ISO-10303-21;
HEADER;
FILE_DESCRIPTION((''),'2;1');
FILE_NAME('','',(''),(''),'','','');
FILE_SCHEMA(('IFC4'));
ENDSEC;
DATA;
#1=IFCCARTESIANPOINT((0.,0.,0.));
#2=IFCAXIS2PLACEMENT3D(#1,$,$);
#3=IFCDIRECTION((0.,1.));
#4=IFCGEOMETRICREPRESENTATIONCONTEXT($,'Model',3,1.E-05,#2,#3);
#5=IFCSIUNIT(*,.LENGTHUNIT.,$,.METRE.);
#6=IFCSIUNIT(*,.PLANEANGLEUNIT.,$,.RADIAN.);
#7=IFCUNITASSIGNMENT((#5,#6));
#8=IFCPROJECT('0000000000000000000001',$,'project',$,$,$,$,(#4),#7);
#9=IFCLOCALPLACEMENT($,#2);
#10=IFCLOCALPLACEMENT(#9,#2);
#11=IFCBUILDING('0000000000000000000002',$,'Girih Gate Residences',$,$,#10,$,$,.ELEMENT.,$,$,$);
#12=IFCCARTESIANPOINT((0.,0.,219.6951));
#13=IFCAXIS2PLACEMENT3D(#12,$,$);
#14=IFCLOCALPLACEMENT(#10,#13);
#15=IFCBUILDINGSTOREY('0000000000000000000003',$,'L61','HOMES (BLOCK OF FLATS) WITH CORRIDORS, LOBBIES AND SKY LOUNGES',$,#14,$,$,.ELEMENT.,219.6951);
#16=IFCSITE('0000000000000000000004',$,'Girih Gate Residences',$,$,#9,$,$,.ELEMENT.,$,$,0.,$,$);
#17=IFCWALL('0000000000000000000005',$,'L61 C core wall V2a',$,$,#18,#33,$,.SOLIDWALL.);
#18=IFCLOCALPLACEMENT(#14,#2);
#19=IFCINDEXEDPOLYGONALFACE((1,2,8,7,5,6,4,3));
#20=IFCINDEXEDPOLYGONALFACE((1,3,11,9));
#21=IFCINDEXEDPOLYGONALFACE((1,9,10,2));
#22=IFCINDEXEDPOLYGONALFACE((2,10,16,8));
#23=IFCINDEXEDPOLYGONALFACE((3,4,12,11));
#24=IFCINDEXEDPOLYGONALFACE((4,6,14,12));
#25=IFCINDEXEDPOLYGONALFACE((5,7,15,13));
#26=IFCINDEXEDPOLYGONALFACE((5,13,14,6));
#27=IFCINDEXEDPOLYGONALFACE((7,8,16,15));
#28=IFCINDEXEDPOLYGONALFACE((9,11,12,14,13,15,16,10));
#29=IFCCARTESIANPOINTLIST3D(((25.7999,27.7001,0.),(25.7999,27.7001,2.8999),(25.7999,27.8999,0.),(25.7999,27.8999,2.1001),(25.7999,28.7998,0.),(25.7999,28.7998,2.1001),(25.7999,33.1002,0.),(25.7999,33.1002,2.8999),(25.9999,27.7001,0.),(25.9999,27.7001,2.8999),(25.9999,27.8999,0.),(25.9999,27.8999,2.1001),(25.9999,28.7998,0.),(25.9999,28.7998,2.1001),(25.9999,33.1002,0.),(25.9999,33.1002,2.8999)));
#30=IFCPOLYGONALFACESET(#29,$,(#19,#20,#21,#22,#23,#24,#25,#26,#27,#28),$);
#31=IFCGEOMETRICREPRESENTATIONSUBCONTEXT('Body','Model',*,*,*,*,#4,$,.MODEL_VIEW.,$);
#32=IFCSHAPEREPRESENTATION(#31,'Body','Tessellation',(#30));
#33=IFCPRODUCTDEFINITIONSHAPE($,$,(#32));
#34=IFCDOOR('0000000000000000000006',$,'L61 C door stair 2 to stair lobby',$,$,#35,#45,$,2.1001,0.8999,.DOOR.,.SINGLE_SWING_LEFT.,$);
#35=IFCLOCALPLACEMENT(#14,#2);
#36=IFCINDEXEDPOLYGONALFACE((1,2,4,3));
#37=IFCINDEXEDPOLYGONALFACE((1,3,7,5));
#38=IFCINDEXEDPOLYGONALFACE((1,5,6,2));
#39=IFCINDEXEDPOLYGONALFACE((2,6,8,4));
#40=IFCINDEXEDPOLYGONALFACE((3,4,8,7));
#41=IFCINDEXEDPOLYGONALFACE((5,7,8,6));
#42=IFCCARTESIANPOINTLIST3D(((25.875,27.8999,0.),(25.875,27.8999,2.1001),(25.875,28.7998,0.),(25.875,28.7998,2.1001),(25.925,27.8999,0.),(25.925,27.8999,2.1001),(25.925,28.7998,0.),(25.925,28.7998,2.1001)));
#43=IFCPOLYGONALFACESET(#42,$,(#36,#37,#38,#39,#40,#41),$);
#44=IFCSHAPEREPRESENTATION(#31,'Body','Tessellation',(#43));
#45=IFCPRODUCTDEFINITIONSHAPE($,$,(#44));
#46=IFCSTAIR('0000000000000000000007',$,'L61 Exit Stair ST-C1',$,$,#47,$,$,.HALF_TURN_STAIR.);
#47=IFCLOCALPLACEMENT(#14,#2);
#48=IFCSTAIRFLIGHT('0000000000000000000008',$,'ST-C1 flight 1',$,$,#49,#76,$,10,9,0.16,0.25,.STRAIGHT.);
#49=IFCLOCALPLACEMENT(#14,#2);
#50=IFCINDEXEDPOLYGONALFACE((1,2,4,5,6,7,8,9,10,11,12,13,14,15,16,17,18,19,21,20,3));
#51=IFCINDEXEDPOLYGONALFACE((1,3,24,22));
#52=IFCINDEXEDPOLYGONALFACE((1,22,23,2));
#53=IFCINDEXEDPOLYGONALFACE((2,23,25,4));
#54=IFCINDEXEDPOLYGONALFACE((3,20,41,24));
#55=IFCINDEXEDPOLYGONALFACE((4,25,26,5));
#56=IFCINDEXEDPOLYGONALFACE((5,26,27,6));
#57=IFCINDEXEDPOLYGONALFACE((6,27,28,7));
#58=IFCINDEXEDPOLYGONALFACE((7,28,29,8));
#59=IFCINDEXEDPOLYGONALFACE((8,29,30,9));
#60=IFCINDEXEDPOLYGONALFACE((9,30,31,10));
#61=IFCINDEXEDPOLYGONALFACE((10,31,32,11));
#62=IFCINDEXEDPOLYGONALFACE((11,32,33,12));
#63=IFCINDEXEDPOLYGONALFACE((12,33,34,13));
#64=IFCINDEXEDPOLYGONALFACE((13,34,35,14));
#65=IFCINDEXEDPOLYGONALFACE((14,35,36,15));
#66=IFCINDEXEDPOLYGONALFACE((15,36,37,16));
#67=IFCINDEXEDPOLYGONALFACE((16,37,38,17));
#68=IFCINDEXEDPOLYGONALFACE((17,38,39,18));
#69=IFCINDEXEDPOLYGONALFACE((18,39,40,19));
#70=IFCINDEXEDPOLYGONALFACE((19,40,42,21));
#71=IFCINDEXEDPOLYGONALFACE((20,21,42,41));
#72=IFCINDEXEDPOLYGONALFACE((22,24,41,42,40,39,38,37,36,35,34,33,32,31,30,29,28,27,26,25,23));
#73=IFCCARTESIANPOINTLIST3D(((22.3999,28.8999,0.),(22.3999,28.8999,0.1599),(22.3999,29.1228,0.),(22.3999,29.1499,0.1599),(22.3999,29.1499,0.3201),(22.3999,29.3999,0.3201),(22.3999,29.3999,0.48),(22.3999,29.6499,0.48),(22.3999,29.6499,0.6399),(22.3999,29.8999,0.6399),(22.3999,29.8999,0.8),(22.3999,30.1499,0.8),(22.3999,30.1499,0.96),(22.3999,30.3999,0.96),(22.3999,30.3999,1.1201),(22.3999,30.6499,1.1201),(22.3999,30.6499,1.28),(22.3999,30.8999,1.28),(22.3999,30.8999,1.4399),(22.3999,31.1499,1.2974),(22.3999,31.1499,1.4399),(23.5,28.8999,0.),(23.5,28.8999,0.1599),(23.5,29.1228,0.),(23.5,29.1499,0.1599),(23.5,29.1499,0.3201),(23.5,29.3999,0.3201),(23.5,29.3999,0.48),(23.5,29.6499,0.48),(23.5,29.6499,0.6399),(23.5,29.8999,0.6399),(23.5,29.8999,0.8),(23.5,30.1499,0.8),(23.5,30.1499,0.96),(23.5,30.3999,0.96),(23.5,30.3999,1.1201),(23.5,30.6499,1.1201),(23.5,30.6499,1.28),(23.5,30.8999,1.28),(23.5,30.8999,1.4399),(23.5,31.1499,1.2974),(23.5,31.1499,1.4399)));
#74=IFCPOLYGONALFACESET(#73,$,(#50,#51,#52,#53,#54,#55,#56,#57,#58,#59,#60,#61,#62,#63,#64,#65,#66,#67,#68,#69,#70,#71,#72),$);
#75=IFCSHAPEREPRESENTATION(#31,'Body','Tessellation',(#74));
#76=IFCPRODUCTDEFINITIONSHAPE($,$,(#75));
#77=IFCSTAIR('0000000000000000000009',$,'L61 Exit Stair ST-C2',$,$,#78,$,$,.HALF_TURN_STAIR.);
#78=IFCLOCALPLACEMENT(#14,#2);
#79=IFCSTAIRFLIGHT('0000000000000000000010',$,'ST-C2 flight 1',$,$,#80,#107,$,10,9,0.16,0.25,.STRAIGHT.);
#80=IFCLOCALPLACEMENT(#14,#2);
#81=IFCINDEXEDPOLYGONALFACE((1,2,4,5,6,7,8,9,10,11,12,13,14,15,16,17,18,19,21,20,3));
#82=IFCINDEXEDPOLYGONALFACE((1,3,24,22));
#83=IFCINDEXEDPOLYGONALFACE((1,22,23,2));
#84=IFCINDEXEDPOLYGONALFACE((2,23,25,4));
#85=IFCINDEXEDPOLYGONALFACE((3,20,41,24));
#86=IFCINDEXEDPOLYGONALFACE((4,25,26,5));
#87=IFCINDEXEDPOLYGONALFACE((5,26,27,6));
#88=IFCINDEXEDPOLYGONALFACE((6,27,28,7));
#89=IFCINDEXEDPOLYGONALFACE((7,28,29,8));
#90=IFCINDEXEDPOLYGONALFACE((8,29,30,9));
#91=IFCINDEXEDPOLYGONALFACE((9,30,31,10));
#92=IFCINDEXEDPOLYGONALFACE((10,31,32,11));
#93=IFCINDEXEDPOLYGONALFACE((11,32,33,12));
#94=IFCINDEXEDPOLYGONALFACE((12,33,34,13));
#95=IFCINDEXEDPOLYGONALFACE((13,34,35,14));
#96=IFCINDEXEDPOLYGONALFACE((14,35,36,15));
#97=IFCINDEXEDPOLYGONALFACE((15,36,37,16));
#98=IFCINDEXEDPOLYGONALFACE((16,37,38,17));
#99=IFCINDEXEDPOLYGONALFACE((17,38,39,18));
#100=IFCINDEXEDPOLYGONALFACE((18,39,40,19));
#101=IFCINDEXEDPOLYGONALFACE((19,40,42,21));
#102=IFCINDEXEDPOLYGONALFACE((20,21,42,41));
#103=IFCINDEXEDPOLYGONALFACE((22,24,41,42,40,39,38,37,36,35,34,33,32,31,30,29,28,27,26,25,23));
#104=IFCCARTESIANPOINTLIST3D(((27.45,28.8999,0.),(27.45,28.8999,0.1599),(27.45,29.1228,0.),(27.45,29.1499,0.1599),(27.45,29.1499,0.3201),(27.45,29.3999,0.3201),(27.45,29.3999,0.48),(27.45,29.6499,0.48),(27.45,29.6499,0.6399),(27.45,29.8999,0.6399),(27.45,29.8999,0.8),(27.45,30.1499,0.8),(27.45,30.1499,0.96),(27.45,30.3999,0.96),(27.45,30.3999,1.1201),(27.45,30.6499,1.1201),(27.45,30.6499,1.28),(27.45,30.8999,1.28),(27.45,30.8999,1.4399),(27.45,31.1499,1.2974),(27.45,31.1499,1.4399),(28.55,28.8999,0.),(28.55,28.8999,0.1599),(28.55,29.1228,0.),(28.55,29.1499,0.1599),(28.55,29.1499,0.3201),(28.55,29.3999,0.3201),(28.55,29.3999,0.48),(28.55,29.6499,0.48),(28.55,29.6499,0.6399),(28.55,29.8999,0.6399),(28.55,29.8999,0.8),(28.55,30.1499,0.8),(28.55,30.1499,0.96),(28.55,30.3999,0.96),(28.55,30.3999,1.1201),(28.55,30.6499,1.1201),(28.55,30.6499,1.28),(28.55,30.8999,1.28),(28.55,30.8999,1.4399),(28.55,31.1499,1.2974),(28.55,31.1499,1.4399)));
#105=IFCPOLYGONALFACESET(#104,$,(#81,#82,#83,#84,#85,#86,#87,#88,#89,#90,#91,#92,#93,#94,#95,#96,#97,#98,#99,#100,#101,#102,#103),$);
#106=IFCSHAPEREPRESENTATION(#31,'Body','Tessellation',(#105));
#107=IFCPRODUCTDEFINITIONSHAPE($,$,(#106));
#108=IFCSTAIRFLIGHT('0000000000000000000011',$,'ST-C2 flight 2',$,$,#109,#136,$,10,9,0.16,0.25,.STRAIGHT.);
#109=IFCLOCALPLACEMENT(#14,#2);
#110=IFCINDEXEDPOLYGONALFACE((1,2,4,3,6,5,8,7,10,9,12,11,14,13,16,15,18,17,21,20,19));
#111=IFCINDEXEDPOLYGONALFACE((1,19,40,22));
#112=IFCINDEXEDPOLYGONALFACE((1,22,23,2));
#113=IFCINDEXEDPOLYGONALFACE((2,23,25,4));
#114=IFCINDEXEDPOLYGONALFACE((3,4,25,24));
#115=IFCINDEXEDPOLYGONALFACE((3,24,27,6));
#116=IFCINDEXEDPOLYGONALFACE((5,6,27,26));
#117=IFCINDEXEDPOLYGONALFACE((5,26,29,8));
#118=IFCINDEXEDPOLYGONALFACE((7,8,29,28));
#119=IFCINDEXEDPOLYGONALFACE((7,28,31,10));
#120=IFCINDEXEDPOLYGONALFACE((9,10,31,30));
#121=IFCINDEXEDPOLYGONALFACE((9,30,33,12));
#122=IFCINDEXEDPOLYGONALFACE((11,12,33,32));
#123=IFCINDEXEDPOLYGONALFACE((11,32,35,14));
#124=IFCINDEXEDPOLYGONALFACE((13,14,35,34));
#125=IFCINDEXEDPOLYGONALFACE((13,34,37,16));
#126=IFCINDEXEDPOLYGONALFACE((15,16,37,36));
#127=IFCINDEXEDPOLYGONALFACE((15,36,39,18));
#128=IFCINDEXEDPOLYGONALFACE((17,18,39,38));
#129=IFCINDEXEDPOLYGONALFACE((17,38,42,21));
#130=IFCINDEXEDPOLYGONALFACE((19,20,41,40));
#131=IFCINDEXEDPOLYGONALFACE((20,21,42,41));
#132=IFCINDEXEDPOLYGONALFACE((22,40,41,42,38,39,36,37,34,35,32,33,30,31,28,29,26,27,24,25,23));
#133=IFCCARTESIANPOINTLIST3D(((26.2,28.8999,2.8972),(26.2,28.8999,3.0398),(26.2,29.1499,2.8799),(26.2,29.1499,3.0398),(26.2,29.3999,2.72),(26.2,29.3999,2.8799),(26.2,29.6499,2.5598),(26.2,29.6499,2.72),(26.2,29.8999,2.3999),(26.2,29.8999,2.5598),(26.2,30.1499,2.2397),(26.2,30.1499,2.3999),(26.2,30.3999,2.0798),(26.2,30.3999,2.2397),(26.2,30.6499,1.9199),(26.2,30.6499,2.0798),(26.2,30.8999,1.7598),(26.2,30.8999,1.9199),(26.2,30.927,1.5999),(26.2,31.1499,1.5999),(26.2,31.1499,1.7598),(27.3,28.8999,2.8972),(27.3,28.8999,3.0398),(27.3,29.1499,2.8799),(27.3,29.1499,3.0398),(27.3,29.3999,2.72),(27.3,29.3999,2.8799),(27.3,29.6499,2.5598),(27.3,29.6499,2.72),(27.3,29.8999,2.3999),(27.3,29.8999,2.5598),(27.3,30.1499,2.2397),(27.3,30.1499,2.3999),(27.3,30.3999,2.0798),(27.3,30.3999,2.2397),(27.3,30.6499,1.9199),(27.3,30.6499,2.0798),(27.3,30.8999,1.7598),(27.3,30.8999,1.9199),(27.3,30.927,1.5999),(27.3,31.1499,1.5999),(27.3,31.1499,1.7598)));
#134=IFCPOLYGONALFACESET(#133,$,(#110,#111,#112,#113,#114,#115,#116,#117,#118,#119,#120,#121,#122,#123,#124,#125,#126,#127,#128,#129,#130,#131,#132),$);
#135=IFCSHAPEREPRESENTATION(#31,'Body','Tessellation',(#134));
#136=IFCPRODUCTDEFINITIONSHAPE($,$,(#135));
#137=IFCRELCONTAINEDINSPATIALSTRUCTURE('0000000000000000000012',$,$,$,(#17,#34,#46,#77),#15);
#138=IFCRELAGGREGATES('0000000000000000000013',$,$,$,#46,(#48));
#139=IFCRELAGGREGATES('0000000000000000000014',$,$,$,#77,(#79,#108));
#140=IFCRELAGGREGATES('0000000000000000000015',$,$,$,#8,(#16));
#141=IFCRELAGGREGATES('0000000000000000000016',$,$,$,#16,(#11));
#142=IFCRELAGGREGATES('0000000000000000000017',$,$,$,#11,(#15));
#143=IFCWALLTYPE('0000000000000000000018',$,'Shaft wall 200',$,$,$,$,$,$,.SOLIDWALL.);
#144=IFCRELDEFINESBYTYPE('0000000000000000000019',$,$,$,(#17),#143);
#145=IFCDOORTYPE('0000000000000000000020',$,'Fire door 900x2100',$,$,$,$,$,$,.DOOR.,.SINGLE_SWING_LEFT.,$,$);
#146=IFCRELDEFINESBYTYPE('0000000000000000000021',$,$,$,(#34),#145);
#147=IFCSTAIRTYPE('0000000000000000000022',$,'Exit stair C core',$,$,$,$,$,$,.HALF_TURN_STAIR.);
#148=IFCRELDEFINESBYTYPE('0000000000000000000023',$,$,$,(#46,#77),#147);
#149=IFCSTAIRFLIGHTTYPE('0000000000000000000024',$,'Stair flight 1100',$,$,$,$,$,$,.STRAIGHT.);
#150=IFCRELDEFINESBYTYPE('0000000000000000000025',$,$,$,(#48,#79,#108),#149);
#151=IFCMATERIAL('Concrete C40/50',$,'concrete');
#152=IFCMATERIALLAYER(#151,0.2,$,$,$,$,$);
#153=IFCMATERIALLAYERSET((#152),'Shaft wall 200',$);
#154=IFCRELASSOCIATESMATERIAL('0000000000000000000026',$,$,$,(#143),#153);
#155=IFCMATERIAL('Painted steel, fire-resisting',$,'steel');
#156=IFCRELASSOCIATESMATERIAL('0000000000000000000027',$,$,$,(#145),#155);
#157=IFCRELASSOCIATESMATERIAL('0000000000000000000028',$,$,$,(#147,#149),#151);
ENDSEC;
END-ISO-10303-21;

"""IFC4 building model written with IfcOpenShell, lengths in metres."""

from ifc_helpers import new_model, si_unit, direction, frame, frame_2d, origin, place, context, subcontext, project, spatial, polyline, rectangle, outline, extrude, material, layer, layer_set, type_object, element, fill, aggregate, save


model = new_model("IFC4")

# Units and contexts
model_context = context("Model", 3, precision=1e-05, world=origin(), true_north=direction((0.0, 1.0)))
body_context = subcontext(model_context, "Body", "Model", "MODEL_VIEW")
ifc_project = project(units=[si_unit("LENGTHUNIT", "METRE"), si_unit("PLANEANGLEUNIT", "RADIAN")], contexts=[model_context])

# Site, building, storey
site_placement = place(None, origin())
site = spatial("IfcSite", under=ifc_project, at=site_placement, Name="Girih Gate Residences", CompositionType="ELEMENT", RefElevation=0.0)
building_placement = place(site_placement, origin())
building = spatial("IfcBuilding", under=site, at=building_placement, Name="Girih Gate Residences", CompositionType="ELEMENT")
storey_placement = place(building_placement, frame((0.0, 0.0, 219.6951)))
storey = spatial("IfcBuildingStorey", under=building, at=storey_placement, Name="L61", Description="HOMES (BLOCK OF FLATS) WITH CORRIDORS, LOBBIES AND SKY LOUNGES", CompositionType="ELEMENT", Elevation=219.6951)

# Shared definitions
ifc_material_1 = material(Name="Concrete C40/50", Category="concrete")

# Wall, opening, door
ifc_layer_1 = layer(ifc_material_1, 0.2)
ifc_layer_set_1 = layer_set([ifc_layer_1], Name="Shaft wall 200")
wall_type_1 = type_object("IfcWallType", Name="Shaft wall 200", PredefinedType="SOLIDWALL", material=ifc_layer_set_1)
ifc_material_2 = material(Name="Painted steel, fire-resisting", Category="steel")
door_type = type_object("IfcDoorType", Name="Fire door 900x2100", OperationType="SINGLE_SWING_LEFT", PredefinedType="DOOR", material=ifc_material_2)
wall_1_placement = place(storey_placement, frame((25.8999, 27.7, 0.0), z_axis=(0.0, 0.0, 1.0), x_axis=(0.0, 1.0, 0.0)))
wall_1 = element("IfcWall", 1, at=wall_1_placement, inside=storey, type_object=wall_type_1, Name="L61 C core wall V2a", PredefinedType="SOLIDWALL", context=body_context, shape_type="SweptSolid", body=[
    extrude(rectangle(XDim=5.4001, YDim=0.2, at=frame_2d((2.7002, 0.0))), origin(), (0.0, 0.0, 1.0), 2.8999),
])
opening_1_placement = place(wall_1_placement, frame((0.2, 0.0, 0.0)))
opening_1 = element("IfcOpeningElement", 2, at=opening_1_placement, cuts=wall_1, PredefinedType="OPENING", context=body_context, shape_type="SweptSolid", body=[
    extrude(rectangle(XDim=0.8999, YDim=2.1001, at=frame_2d((0.45, 1.05))), frame((0.0, 0.1099, 0.0), z_axis=(0.0, -1.0, 0.0), x_axis=(1.0, 0.0, 0.0)), (0.0, 0.0, 1.0), 0.22),
])
door_1_placement = place(opening_1_placement, origin())
door_1 = element("IfcDoor", 3, at=door_1_placement, inside=storey, type_object=door_type, Name="L61 C door stair 2 to stair lobby", OperationType="SINGLE_SWING_LEFT", OverallHeight=2.1001, OverallWidth=0.8999, PredefinedType="DOOR", context=body_context, shape_type="SweptSolid", body=[
    extrude(rectangle(XDim=0.8999, YDim=2.1001, at=frame_2d((0.45, 1.05))), frame((0.0, 0.0249, 0.0), z_axis=(0.0, -1.0, 0.0), x_axis=(1.0, 0.0, 0.0)), (0.0, 0.0, 1.0), 0.05),
])
fill(opening_1, door_1)

# Stair, stair flight
stair_type = type_object("IfcStairType", Name="Exit stair C core", PredefinedType="HALF_TURN_STAIR", material=ifc_material_1)
stair_1_placement = place(storey_placement, origin())
stair_1 = element("IfcStair", 4, at=stair_1_placement, inside=storey, type_object=stair_type, Name="L61 Exit Stair ST-C1", PredefinedType="HALF_TURN_STAIR")
stair_flight_type = type_object("IfcStairFlightType", Name="Stair flight 1100", PredefinedType="STRAIGHT", material=ifc_material_1)
stair_flight_1_placement = place(storey_placement, frame((22.95, 28.8999, 0.0), z_axis=(0.0, 0.0, 1.0), x_axis=(0.0, 1.0, 0.0)))
stair_flight_1 = element("IfcStairFlight", 5, at=stair_flight_1_placement, type_object=stair_flight_type, Name="ST-C1 flight 1", NumberOfRisers=10, NumberOfTreads=9, PredefinedType="STRAIGHT", RiserHeight=0.16, TreadLength=0.25, context=body_context, shape_type="SweptSolid", body=[
    extrude(outline(polyline([(0.0, 0.0), (0.0, 0.1599), (0.25, 0.1599), (0.25, 0.3201), (0.5, 0.3201), (0.5, 0.48), (0.75, 0.48), (0.75, 0.6399), (1.0, 0.6399), (1.0, 0.8), (1.25, 0.8), (1.25, 0.96), (1.5, 0.96), (1.5, 1.1201), (1.75, 1.1201), (1.75, 1.28), (2.0, 1.28), (2.0, 1.4399), (2.25, 1.4399), (2.25, 1.6001), (2.25, 1.2974), (0.2229, 0.0), (0.0, 0.0)])), frame((0.0, 0.55, 0.0), z_axis=(0.0, -1.0, 0.0), x_axis=(1.0, 0.0, 0.0)), (0.0, 0.0, 1.0), 1.1001),
])
aggregate(stair_1, [stair_flight_1])

# Stair, stair flights
stair_2_placement = place(storey_placement, origin())
stair_2 = element("IfcStair", 6, at=stair_2_placement, inside=storey, type_object=stair_type, Name="L61 Exit Stair ST-C2", PredefinedType="HALF_TURN_STAIR")
stair_flight_2_placement = place(storey_placement, frame((28.0, 28.8999, 0.0), z_axis=(0.0, 0.0, 1.0), x_axis=(0.0, 1.0, 0.0)))
stair_flight_2 = element("IfcStairFlight", 7, at=stair_flight_2_placement, type_object=stair_flight_type, Name="ST-C2 flight 1", NumberOfRisers=10, NumberOfTreads=9, PredefinedType="STRAIGHT", RiserHeight=0.16, TreadLength=0.25, context=body_context, shape_type="SweptSolid", body=[
    extrude(outline(polyline([(0.0, 0.0), (0.0, 0.1599), (0.25, 0.1599), (0.25, 0.3201), (0.5, 0.3201), (0.5, 0.48), (0.75, 0.48), (0.75, 0.6399), (1.0, 0.6399), (1.0, 0.8), (1.25, 0.8), (1.25, 0.96), (1.5, 0.96), (1.5, 1.1201), (1.75, 1.1201), (1.75, 1.28), (2.0, 1.28), (2.0, 1.4399), (2.25, 1.4399), (2.25, 1.6001), (2.25, 1.2974), (0.2229, 0.0), (0.0, 0.0)])), frame((0.0, 0.55, 0.0), z_axis=(0.0, -1.0, 0.0), x_axis=(1.0, 0.0, 0.0)), (0.0, 0.0, 1.0), 1.1001),
])
stair_flight_3_placement = place(storey_placement, frame((26.75, 31.1499, 1.5999), z_axis=(0.0, 0.0, 1.0), x_axis=(0.0, -1.0, 0.0)))
stair_flight_3 = element("IfcStairFlight", 8, at=stair_flight_3_placement, type_object=stair_flight_type, Name="ST-C2 flight 2", NumberOfRisers=10, NumberOfTreads=9, PredefinedType="STRAIGHT", RiserHeight=0.16, TreadLength=0.25, context=body_context, shape_type="SweptSolid", body=[
    extrude(outline(polyline([(0.0, 0.0), (0.0, 0.1599), (0.25, 0.1599), (0.25, 0.3201), (0.5, 0.3201), (0.5, 0.48), (0.75, 0.48), (0.75, 0.6399), (1.0, 0.6399), (1.0, 0.8), (1.25, 0.8), (1.25, 0.96), (1.5, 0.96), (1.5, 1.1201), (1.75, 1.1201), (1.75, 1.28), (2.0, 1.28), (2.0, 1.4399), (2.25, 1.4399), (2.25, 1.6001), (2.25, 1.2974), (0.2229, 0.0), (0.0, 0.0)])), frame((0.0, 0.55, 0.0), z_axis=(0.0, -1.0, 0.0), x_axis=(1.0, 0.0, 0.0)), (0.0, 0.0, 1.0), 1.1001),
])
aggregate(stair_2, [stair_flight_2, stair_flight_3])

save(model, "model.ifc")
